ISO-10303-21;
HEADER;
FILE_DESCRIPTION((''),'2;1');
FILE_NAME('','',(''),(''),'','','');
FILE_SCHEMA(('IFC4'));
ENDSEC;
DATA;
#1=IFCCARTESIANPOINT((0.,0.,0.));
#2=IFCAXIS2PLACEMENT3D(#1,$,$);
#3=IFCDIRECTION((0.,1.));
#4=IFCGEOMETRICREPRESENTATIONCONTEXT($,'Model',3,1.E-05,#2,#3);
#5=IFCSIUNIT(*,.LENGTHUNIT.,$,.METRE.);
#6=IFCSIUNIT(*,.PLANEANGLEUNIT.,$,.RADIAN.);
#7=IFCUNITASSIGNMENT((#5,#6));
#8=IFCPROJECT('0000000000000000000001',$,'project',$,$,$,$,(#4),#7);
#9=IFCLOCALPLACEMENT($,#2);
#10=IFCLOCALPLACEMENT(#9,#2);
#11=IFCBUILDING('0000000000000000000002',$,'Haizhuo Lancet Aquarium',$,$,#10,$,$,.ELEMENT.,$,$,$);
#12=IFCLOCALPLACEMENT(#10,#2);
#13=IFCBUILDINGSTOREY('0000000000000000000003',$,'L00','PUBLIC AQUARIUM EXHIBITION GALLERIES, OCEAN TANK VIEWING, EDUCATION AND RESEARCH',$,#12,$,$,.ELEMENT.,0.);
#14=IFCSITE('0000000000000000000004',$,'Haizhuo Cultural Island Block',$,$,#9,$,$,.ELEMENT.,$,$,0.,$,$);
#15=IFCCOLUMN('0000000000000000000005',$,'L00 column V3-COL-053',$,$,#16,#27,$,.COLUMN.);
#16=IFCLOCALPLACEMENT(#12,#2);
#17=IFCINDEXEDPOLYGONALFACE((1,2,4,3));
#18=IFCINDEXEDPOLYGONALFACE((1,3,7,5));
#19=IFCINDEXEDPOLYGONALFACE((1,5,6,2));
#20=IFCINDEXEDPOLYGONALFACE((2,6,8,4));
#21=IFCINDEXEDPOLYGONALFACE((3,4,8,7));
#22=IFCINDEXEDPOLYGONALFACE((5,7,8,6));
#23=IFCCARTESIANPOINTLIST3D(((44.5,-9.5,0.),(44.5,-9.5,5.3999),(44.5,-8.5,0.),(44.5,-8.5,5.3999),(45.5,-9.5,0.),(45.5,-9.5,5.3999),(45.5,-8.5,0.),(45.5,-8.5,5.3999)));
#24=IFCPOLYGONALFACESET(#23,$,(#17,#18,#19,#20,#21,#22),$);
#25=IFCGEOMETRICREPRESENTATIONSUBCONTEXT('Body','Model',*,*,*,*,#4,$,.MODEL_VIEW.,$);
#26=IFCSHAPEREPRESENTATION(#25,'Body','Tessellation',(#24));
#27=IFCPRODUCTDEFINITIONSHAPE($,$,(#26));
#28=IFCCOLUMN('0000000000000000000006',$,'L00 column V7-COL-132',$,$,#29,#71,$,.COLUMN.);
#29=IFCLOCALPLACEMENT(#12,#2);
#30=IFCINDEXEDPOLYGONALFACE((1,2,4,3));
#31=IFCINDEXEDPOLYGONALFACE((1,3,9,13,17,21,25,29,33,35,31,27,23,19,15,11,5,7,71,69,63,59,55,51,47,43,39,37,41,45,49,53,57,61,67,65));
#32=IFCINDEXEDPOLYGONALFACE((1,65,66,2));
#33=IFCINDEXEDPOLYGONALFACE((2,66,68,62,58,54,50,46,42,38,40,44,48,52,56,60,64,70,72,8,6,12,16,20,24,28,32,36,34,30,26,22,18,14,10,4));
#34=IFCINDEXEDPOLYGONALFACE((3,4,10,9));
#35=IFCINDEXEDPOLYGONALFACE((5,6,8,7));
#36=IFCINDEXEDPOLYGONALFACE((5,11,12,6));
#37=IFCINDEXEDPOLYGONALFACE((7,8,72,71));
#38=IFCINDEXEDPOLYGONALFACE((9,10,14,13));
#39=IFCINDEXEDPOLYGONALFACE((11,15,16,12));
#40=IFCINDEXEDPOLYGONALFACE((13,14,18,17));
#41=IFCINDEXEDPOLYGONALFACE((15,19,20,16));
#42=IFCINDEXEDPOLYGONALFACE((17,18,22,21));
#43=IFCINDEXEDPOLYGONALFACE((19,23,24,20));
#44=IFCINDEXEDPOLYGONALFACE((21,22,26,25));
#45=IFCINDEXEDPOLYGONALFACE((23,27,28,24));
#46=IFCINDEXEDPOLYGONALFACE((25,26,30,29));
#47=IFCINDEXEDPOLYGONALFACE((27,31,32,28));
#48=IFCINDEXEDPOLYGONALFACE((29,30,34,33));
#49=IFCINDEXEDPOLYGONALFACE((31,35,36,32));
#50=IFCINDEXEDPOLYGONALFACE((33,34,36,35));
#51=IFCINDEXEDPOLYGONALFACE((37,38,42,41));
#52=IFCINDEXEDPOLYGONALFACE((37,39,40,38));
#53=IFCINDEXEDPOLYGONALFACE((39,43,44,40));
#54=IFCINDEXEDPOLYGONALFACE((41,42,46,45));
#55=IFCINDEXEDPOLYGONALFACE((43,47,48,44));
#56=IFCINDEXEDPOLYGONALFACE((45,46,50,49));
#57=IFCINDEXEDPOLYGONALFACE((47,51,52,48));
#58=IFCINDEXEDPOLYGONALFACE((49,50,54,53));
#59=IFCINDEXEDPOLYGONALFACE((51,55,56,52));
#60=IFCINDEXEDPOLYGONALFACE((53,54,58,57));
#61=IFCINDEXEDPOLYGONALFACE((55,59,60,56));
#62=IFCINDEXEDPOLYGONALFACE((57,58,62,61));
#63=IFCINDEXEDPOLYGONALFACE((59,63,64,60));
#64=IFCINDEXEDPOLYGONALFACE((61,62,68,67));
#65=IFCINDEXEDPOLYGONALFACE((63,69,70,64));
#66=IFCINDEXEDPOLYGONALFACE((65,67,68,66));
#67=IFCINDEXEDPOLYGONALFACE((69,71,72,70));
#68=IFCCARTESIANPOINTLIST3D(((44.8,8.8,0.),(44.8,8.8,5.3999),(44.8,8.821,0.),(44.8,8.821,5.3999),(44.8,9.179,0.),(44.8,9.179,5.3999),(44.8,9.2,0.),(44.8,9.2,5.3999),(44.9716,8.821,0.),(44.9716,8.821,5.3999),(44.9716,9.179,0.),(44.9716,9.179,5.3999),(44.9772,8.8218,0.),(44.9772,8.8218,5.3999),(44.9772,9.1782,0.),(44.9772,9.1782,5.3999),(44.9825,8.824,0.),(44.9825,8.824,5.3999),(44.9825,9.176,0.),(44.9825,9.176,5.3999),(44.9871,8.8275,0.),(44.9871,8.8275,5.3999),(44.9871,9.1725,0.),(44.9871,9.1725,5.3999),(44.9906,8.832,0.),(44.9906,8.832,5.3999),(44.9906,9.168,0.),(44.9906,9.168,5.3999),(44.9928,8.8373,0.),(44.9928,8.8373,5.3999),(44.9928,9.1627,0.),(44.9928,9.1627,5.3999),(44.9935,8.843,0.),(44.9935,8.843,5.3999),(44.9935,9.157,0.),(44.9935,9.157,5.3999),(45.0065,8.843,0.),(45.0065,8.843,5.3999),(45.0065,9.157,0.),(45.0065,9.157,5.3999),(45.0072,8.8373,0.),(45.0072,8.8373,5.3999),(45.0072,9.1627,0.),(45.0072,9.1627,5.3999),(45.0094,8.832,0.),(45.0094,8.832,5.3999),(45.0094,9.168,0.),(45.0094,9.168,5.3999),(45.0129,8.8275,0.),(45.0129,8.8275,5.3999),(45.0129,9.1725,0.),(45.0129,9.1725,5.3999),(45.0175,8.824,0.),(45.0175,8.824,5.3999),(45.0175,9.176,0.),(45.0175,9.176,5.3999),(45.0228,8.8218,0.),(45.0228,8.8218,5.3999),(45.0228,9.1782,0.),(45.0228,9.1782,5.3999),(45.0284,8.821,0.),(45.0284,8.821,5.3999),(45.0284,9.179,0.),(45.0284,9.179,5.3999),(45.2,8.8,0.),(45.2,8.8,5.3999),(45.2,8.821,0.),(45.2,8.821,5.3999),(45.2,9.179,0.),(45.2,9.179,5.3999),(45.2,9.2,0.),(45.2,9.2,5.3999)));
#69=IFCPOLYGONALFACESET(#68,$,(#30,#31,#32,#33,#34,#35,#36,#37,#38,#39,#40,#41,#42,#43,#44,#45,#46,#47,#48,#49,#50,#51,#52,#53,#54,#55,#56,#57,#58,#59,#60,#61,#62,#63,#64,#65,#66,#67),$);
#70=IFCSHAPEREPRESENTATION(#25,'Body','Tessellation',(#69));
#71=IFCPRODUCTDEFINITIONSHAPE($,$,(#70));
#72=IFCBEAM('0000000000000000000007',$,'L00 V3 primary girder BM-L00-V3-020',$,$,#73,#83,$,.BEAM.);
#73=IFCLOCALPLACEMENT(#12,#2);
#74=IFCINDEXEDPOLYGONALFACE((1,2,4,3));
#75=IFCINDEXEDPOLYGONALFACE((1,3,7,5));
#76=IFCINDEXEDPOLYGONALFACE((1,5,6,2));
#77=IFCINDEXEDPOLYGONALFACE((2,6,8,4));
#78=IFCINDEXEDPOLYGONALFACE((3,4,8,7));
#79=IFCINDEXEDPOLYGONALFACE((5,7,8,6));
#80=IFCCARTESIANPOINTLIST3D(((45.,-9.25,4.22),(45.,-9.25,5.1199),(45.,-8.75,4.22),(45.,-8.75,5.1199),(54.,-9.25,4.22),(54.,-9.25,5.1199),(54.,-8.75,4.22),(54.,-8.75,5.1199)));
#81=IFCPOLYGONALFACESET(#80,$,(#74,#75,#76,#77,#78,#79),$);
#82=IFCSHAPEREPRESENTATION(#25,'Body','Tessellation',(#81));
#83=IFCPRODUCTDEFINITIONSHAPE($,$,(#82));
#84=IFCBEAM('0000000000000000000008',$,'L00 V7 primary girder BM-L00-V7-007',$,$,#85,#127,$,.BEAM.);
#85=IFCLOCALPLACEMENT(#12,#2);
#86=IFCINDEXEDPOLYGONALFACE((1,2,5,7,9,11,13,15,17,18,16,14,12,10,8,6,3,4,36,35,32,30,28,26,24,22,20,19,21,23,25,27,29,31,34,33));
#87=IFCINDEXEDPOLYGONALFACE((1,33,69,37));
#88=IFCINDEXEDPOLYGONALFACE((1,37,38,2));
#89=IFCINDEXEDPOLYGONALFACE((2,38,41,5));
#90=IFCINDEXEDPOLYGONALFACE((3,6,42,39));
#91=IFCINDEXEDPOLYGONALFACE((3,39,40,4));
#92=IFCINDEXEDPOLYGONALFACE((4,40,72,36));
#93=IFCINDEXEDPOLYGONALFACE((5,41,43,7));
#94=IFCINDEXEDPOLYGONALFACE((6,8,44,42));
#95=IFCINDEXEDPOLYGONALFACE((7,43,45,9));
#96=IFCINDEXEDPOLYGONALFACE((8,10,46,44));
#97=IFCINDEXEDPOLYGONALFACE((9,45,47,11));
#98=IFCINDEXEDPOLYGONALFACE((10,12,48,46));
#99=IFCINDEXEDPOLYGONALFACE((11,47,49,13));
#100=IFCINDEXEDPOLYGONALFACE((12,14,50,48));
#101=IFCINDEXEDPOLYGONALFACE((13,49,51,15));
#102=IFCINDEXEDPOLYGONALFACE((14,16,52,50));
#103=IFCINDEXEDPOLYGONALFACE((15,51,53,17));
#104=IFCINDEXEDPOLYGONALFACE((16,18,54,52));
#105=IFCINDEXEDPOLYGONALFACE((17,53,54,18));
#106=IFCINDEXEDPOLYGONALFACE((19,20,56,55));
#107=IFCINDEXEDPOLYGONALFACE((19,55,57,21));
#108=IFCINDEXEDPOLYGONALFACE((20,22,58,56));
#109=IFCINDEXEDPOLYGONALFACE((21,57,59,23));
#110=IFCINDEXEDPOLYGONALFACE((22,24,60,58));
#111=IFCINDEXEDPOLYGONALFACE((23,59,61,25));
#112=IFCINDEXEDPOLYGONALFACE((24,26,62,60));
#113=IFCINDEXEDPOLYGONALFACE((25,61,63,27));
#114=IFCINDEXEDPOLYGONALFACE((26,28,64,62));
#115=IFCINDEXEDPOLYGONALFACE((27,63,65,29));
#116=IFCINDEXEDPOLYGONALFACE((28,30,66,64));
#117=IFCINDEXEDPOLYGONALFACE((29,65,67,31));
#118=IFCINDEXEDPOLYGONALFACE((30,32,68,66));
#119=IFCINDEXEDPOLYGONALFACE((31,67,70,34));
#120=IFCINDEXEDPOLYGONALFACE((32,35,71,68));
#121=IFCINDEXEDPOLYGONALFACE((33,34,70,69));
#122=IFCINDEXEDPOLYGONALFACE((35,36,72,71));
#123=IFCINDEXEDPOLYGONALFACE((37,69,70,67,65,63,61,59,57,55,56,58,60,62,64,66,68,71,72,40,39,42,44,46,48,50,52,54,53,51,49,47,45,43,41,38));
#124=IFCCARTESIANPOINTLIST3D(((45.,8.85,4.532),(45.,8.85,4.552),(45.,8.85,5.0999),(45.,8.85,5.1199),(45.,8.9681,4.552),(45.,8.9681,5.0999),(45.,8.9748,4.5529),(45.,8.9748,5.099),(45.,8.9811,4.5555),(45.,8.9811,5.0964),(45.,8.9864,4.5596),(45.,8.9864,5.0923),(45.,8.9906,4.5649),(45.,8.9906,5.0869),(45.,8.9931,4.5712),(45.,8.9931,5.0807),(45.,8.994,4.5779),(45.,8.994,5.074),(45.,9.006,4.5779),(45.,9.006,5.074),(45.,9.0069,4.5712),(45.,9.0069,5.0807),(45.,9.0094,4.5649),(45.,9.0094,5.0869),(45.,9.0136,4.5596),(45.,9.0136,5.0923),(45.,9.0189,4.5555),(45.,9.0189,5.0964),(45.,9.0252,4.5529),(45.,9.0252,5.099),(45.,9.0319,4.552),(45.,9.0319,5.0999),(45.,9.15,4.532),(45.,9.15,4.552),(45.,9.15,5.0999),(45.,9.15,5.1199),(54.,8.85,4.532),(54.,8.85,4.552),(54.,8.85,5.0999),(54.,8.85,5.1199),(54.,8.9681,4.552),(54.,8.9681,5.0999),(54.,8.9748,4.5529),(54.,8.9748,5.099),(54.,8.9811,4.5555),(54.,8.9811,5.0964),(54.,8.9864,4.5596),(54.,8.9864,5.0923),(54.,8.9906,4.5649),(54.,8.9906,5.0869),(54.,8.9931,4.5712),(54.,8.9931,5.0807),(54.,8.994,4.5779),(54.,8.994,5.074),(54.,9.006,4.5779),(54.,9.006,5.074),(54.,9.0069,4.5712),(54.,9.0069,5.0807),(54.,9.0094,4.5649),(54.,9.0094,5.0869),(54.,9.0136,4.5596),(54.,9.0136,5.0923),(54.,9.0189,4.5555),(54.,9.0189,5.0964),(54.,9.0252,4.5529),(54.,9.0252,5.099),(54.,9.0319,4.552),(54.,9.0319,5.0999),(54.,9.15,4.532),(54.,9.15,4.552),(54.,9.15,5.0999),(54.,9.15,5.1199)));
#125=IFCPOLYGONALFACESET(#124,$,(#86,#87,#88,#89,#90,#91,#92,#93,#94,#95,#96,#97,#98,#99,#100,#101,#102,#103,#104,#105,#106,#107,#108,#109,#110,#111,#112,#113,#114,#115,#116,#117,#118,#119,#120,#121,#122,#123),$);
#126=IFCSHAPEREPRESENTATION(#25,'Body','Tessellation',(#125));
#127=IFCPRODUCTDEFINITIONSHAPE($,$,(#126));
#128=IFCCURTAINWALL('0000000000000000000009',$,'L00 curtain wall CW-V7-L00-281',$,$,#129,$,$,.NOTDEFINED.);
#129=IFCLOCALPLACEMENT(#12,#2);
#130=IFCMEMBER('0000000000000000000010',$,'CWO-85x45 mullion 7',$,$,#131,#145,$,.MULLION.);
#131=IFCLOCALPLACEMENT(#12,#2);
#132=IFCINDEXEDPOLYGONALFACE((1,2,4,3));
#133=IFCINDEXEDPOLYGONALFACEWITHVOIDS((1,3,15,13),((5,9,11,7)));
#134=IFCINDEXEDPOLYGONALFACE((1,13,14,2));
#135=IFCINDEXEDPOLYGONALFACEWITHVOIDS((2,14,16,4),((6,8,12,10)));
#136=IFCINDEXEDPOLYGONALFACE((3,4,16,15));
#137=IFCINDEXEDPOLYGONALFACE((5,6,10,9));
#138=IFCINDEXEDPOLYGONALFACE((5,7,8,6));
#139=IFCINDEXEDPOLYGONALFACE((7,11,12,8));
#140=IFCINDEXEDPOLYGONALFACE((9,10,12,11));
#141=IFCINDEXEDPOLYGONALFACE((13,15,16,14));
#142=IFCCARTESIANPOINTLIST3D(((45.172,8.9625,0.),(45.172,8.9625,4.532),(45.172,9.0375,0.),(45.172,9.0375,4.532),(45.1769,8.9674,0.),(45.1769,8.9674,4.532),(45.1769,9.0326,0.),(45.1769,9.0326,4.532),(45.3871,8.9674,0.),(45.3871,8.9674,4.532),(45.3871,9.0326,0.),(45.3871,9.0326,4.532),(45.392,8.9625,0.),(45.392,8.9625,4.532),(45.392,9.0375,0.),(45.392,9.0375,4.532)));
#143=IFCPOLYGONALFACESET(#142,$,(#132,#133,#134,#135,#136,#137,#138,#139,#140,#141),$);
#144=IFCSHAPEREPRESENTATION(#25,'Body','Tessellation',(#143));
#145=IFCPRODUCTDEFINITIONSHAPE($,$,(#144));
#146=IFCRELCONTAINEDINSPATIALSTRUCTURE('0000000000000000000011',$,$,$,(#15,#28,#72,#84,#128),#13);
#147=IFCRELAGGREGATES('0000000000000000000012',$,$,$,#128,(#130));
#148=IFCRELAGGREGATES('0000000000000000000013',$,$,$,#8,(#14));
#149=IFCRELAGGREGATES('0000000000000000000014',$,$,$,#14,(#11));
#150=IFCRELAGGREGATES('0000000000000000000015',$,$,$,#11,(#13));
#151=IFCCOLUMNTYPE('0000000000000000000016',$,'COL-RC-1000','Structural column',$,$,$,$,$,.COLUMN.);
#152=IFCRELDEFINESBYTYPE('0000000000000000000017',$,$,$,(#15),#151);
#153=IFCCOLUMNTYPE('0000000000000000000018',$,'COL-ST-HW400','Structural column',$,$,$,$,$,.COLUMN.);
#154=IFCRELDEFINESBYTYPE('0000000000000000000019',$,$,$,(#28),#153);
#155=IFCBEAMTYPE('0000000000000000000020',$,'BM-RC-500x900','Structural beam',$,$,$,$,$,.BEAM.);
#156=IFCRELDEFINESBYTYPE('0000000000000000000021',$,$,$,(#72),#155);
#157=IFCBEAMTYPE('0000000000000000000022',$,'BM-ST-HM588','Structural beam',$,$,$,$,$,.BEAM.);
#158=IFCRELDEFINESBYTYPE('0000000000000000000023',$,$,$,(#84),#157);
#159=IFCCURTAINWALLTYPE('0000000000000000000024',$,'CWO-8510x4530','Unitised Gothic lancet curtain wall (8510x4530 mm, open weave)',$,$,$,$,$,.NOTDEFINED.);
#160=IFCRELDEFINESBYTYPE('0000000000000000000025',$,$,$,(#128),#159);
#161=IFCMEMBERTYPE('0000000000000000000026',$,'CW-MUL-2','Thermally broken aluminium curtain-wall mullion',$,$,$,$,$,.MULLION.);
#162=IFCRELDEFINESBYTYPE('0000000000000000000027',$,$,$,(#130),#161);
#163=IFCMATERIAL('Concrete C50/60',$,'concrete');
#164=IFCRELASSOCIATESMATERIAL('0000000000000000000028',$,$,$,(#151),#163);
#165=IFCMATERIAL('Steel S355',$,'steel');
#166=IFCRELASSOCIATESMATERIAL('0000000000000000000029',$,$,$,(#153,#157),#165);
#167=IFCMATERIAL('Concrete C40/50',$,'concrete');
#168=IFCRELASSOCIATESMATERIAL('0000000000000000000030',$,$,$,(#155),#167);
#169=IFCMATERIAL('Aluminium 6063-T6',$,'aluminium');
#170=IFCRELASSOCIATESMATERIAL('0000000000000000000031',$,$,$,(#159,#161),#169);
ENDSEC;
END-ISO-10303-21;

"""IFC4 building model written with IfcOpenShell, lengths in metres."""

from ifc_helpers import new_model, si_unit, direction, frame, origin, origin_2d, place, context, subcontext, project, spatial, rectangle, hollow_rectangle, i_section, extrude, material, material_profile, profile_set, type_object, element, aggregate, save


model = new_model("IFC4")

# Units and contexts
model_context = context("Model", 3, precision=1e-05, world=origin(), true_north=direction((0.0, 1.0)))
body_context = subcontext(model_context, "Body", "Model", "MODEL_VIEW")
ifc_project = project(units=[si_unit("LENGTHUNIT", "METRE"), si_unit("PLANEANGLEUNIT", "RADIAN")], contexts=[model_context])

# Site, building, storey
site_placement = place(None, origin())
site = spatial("IfcSite", under=ifc_project, at=site_placement, Name="Haizhuo Cultural Island Block", CompositionType="ELEMENT", RefElevation=0.0)
building_placement = place(site_placement, origin())
building = spatial("IfcBuilding", under=site, at=building_placement, Name="Haizhuo Lancet Aquarium", CompositionType="ELEMENT")
storey_placement = place(building_placement, origin())
storey = spatial("IfcBuildingStorey", under=building, at=storey_placement, Name="L00", Description="PUBLIC AQUARIUM EXHIBITION GALLERIES, OCEAN TANK VIEWING, EDUCATION AND RESEARCH", CompositionType="ELEMENT", Elevation=0.0)

# Columns
ifc_material_1 = material(Name="Concrete C50/60", Category="concrete")
ifc_material_profile_1 = material_profile(ifc_material_1, rectangle(XDim=1.0, YDim=1.0, at=origin_2d()), Name="RC-COL 1000x1000")
ifc_profile_set_1 = profile_set([ifc_material_profile_1], Name="Concrete C50/60")
column_type_1 = type_object("IfcColumnType", Name="COL-RC-1000", Description="Structural column", PredefinedType="COLUMN", material=ifc_profile_set_1)
column_1_placement = place(storey_placement, frame((45.0, -9.0, 0.0), z_axis=(0.0, 0.0, 1.0), x_axis=(1.0, 0.0, 0.0)))
element("IfcColumn", 1, at=column_1_placement, inside=storey, type_object=column_type_1, Name="L00 column V3-COL-053", PredefinedType="COLUMN", context=body_context, shape_type="SweptSolid", body=[
    extrude(rectangle(XDim=1.0, YDim=1.0, at=origin_2d()), origin(), (0.0, 0.0, 1.0), 5.3999),
])
ifc_material_2 = material(Name="Steel S355", Category="steel")
ifc_material_profile_2 = material_profile(ifc_material_2, i_section(OverallWidth=0.3999, OverallDepth=0.3999, WebThickness=0.0129, FlangeThickness=0.021, FilletRadius=0.022, at=origin_2d()), Name="HW 400x400x13x21")
ifc_profile_set_2 = profile_set([ifc_material_profile_2], Name="Steel S355")
column_type_2 = type_object("IfcColumnType", Name="COL-ST-HW400", Description="Structural column", PredefinedType="COLUMN", material=ifc_profile_set_2)
column_2_placement = place(storey_placement, frame((45.0, 9.0, 0.0), z_axis=(0.0, 0.0, 1.0), x_axis=(1.0, 0.0, 0.0)))
element("IfcColumn", 2, at=column_2_placement, inside=storey, type_object=column_type_2, Name="L00 column V7-COL-132", PredefinedType="COLUMN", context=body_context, shape_type="SweptSolid", body=[
    extrude(i_section(OverallWidth=0.3999, OverallDepth=0.3999, WebThickness=0.0129, FlangeThickness=0.021, FilletRadius=0.022, at=origin_2d()), origin(), (0.0, 0.0, 1.0), 5.3999),
])

# Beams
ifc_material_3 = material(Name="Concrete C40/50", Category="concrete")
ifc_material_profile_3 = material_profile(ifc_material_3, rectangle(XDim=0.5, YDim=0.8999, at=origin_2d()), Name="RC-BM 500x900")
ifc_profile_set_3 = profile_set([ifc_material_profile_3], Name="Concrete C40/50")
beam_type_1 = type_object("IfcBeamType", Name="BM-RC-500x900", Description="Structural beam", PredefinedType="BEAM", material=ifc_profile_set_3)
beam_1_placement = place(storey_placement, frame((45.0, -9.0, 4.6699), z_axis=(1.0, 0.0, 0.0), x_axis=(0.0, 1.0, 0.0)))
element("IfcBeam", 3, at=beam_1_placement, inside=storey, type_object=beam_type_1, Name="L00 V3 primary girder BM-L00-V3-020", PredefinedType="BEAM", context=body_context, shape_type="SweptSolid", body=[
    extrude(rectangle(XDim=0.5, YDim=0.8999, at=origin_2d()), origin(), (0.0, 0.0, 1.0), 9.0),
])
ifc_material_profile_4 = material_profile(ifc_material_2, i_section(OverallWidth=0.3, OverallDepth=0.5879, WebThickness=0.012, FlangeThickness=0.02, FilletRadius=0.0259, at=origin_2d()), Name="HM 588x300x12x20")
ifc_profile_set_4 = profile_set([ifc_material_profile_4], Name="Steel S355")
beam_type_2 = type_object("IfcBeamType", Name="BM-ST-HM588", Description="Structural beam", PredefinedType="BEAM", material=ifc_profile_set_4)
beam_2_placement = place(storey_placement, frame((45.0, 9.0, 4.8259), z_axis=(1.0, 0.0, 0.0), x_axis=(0.0, 1.0, 0.0)))
element("IfcBeam", 4, at=beam_2_placement, inside=storey, type_object=beam_type_2, Name="L00 V7 primary girder BM-L00-V7-007", PredefinedType="BEAM", context=body_context, shape_type="SweptSolid", body=[
    extrude(i_section(OverallWidth=0.3, OverallDepth=0.5879, WebThickness=0.012, FlangeThickness=0.02, FilletRadius=0.0259, at=origin_2d()), origin(), (0.0, 0.0, 1.0), 9.0),
])

# Curtain wall, member
ifc_material_4 = material(Name="Aluminium 6063-T6", Category="aluminium")
curtain_wall_type = type_object("IfcCurtainWallType", Name="CWO-8510x4530", Description="Unitised Gothic lancet curtain wall (8510x4530 mm, open weave)", PredefinedType="NOTDEFINED", material=ifc_material_4)
curtain_wall_placement = place(storey_placement, origin())
curtain_wall = element("IfcCurtainWall", 5, at=curtain_wall_placement, inside=storey, type_object=curtain_wall_type, Name="L00 curtain wall CW-V7-L00-281", PredefinedType="NOTDEFINED")
ifc_material_profile_5 = material_profile(ifc_material_4, hollow_rectangle(XDim=0.075, YDim=0.22, WallThickness=0.0049, at=origin_2d()), Name="ALU-M 75x220x5")
ifc_profile_set_5 = profile_set([ifc_material_profile_5], Name="Aluminium 6063-T6")
member_type_1 = type_object("IfcMemberType", Name="CW-MUL-2", Description="Thermally broken aluminium curtain-wall mullion", PredefinedType="MULLION", material=ifc_profile_set_5)
member_placement = place(storey_placement, frame((45.282, 9.0, 0.0), z_axis=(0.0, 0.0, 1.0), x_axis=(0.0, -1.0, 0.0)))
member = element("IfcMember", 6, at=member_placement, type_object=member_type_1, Name="CWO-85x45 mullion 7", PredefinedType="MULLION", context=body_context, shape_type="SweptSolid", body=[
    extrude(hollow_rectangle(XDim=0.075, YDim=0.22, WallThickness=0.0049, at=origin_2d()), origin(), (0.0, 0.0, 1.0), 4.532),
])

aggregate(curtain_wall, [member])

save(model, "model.ifc")
